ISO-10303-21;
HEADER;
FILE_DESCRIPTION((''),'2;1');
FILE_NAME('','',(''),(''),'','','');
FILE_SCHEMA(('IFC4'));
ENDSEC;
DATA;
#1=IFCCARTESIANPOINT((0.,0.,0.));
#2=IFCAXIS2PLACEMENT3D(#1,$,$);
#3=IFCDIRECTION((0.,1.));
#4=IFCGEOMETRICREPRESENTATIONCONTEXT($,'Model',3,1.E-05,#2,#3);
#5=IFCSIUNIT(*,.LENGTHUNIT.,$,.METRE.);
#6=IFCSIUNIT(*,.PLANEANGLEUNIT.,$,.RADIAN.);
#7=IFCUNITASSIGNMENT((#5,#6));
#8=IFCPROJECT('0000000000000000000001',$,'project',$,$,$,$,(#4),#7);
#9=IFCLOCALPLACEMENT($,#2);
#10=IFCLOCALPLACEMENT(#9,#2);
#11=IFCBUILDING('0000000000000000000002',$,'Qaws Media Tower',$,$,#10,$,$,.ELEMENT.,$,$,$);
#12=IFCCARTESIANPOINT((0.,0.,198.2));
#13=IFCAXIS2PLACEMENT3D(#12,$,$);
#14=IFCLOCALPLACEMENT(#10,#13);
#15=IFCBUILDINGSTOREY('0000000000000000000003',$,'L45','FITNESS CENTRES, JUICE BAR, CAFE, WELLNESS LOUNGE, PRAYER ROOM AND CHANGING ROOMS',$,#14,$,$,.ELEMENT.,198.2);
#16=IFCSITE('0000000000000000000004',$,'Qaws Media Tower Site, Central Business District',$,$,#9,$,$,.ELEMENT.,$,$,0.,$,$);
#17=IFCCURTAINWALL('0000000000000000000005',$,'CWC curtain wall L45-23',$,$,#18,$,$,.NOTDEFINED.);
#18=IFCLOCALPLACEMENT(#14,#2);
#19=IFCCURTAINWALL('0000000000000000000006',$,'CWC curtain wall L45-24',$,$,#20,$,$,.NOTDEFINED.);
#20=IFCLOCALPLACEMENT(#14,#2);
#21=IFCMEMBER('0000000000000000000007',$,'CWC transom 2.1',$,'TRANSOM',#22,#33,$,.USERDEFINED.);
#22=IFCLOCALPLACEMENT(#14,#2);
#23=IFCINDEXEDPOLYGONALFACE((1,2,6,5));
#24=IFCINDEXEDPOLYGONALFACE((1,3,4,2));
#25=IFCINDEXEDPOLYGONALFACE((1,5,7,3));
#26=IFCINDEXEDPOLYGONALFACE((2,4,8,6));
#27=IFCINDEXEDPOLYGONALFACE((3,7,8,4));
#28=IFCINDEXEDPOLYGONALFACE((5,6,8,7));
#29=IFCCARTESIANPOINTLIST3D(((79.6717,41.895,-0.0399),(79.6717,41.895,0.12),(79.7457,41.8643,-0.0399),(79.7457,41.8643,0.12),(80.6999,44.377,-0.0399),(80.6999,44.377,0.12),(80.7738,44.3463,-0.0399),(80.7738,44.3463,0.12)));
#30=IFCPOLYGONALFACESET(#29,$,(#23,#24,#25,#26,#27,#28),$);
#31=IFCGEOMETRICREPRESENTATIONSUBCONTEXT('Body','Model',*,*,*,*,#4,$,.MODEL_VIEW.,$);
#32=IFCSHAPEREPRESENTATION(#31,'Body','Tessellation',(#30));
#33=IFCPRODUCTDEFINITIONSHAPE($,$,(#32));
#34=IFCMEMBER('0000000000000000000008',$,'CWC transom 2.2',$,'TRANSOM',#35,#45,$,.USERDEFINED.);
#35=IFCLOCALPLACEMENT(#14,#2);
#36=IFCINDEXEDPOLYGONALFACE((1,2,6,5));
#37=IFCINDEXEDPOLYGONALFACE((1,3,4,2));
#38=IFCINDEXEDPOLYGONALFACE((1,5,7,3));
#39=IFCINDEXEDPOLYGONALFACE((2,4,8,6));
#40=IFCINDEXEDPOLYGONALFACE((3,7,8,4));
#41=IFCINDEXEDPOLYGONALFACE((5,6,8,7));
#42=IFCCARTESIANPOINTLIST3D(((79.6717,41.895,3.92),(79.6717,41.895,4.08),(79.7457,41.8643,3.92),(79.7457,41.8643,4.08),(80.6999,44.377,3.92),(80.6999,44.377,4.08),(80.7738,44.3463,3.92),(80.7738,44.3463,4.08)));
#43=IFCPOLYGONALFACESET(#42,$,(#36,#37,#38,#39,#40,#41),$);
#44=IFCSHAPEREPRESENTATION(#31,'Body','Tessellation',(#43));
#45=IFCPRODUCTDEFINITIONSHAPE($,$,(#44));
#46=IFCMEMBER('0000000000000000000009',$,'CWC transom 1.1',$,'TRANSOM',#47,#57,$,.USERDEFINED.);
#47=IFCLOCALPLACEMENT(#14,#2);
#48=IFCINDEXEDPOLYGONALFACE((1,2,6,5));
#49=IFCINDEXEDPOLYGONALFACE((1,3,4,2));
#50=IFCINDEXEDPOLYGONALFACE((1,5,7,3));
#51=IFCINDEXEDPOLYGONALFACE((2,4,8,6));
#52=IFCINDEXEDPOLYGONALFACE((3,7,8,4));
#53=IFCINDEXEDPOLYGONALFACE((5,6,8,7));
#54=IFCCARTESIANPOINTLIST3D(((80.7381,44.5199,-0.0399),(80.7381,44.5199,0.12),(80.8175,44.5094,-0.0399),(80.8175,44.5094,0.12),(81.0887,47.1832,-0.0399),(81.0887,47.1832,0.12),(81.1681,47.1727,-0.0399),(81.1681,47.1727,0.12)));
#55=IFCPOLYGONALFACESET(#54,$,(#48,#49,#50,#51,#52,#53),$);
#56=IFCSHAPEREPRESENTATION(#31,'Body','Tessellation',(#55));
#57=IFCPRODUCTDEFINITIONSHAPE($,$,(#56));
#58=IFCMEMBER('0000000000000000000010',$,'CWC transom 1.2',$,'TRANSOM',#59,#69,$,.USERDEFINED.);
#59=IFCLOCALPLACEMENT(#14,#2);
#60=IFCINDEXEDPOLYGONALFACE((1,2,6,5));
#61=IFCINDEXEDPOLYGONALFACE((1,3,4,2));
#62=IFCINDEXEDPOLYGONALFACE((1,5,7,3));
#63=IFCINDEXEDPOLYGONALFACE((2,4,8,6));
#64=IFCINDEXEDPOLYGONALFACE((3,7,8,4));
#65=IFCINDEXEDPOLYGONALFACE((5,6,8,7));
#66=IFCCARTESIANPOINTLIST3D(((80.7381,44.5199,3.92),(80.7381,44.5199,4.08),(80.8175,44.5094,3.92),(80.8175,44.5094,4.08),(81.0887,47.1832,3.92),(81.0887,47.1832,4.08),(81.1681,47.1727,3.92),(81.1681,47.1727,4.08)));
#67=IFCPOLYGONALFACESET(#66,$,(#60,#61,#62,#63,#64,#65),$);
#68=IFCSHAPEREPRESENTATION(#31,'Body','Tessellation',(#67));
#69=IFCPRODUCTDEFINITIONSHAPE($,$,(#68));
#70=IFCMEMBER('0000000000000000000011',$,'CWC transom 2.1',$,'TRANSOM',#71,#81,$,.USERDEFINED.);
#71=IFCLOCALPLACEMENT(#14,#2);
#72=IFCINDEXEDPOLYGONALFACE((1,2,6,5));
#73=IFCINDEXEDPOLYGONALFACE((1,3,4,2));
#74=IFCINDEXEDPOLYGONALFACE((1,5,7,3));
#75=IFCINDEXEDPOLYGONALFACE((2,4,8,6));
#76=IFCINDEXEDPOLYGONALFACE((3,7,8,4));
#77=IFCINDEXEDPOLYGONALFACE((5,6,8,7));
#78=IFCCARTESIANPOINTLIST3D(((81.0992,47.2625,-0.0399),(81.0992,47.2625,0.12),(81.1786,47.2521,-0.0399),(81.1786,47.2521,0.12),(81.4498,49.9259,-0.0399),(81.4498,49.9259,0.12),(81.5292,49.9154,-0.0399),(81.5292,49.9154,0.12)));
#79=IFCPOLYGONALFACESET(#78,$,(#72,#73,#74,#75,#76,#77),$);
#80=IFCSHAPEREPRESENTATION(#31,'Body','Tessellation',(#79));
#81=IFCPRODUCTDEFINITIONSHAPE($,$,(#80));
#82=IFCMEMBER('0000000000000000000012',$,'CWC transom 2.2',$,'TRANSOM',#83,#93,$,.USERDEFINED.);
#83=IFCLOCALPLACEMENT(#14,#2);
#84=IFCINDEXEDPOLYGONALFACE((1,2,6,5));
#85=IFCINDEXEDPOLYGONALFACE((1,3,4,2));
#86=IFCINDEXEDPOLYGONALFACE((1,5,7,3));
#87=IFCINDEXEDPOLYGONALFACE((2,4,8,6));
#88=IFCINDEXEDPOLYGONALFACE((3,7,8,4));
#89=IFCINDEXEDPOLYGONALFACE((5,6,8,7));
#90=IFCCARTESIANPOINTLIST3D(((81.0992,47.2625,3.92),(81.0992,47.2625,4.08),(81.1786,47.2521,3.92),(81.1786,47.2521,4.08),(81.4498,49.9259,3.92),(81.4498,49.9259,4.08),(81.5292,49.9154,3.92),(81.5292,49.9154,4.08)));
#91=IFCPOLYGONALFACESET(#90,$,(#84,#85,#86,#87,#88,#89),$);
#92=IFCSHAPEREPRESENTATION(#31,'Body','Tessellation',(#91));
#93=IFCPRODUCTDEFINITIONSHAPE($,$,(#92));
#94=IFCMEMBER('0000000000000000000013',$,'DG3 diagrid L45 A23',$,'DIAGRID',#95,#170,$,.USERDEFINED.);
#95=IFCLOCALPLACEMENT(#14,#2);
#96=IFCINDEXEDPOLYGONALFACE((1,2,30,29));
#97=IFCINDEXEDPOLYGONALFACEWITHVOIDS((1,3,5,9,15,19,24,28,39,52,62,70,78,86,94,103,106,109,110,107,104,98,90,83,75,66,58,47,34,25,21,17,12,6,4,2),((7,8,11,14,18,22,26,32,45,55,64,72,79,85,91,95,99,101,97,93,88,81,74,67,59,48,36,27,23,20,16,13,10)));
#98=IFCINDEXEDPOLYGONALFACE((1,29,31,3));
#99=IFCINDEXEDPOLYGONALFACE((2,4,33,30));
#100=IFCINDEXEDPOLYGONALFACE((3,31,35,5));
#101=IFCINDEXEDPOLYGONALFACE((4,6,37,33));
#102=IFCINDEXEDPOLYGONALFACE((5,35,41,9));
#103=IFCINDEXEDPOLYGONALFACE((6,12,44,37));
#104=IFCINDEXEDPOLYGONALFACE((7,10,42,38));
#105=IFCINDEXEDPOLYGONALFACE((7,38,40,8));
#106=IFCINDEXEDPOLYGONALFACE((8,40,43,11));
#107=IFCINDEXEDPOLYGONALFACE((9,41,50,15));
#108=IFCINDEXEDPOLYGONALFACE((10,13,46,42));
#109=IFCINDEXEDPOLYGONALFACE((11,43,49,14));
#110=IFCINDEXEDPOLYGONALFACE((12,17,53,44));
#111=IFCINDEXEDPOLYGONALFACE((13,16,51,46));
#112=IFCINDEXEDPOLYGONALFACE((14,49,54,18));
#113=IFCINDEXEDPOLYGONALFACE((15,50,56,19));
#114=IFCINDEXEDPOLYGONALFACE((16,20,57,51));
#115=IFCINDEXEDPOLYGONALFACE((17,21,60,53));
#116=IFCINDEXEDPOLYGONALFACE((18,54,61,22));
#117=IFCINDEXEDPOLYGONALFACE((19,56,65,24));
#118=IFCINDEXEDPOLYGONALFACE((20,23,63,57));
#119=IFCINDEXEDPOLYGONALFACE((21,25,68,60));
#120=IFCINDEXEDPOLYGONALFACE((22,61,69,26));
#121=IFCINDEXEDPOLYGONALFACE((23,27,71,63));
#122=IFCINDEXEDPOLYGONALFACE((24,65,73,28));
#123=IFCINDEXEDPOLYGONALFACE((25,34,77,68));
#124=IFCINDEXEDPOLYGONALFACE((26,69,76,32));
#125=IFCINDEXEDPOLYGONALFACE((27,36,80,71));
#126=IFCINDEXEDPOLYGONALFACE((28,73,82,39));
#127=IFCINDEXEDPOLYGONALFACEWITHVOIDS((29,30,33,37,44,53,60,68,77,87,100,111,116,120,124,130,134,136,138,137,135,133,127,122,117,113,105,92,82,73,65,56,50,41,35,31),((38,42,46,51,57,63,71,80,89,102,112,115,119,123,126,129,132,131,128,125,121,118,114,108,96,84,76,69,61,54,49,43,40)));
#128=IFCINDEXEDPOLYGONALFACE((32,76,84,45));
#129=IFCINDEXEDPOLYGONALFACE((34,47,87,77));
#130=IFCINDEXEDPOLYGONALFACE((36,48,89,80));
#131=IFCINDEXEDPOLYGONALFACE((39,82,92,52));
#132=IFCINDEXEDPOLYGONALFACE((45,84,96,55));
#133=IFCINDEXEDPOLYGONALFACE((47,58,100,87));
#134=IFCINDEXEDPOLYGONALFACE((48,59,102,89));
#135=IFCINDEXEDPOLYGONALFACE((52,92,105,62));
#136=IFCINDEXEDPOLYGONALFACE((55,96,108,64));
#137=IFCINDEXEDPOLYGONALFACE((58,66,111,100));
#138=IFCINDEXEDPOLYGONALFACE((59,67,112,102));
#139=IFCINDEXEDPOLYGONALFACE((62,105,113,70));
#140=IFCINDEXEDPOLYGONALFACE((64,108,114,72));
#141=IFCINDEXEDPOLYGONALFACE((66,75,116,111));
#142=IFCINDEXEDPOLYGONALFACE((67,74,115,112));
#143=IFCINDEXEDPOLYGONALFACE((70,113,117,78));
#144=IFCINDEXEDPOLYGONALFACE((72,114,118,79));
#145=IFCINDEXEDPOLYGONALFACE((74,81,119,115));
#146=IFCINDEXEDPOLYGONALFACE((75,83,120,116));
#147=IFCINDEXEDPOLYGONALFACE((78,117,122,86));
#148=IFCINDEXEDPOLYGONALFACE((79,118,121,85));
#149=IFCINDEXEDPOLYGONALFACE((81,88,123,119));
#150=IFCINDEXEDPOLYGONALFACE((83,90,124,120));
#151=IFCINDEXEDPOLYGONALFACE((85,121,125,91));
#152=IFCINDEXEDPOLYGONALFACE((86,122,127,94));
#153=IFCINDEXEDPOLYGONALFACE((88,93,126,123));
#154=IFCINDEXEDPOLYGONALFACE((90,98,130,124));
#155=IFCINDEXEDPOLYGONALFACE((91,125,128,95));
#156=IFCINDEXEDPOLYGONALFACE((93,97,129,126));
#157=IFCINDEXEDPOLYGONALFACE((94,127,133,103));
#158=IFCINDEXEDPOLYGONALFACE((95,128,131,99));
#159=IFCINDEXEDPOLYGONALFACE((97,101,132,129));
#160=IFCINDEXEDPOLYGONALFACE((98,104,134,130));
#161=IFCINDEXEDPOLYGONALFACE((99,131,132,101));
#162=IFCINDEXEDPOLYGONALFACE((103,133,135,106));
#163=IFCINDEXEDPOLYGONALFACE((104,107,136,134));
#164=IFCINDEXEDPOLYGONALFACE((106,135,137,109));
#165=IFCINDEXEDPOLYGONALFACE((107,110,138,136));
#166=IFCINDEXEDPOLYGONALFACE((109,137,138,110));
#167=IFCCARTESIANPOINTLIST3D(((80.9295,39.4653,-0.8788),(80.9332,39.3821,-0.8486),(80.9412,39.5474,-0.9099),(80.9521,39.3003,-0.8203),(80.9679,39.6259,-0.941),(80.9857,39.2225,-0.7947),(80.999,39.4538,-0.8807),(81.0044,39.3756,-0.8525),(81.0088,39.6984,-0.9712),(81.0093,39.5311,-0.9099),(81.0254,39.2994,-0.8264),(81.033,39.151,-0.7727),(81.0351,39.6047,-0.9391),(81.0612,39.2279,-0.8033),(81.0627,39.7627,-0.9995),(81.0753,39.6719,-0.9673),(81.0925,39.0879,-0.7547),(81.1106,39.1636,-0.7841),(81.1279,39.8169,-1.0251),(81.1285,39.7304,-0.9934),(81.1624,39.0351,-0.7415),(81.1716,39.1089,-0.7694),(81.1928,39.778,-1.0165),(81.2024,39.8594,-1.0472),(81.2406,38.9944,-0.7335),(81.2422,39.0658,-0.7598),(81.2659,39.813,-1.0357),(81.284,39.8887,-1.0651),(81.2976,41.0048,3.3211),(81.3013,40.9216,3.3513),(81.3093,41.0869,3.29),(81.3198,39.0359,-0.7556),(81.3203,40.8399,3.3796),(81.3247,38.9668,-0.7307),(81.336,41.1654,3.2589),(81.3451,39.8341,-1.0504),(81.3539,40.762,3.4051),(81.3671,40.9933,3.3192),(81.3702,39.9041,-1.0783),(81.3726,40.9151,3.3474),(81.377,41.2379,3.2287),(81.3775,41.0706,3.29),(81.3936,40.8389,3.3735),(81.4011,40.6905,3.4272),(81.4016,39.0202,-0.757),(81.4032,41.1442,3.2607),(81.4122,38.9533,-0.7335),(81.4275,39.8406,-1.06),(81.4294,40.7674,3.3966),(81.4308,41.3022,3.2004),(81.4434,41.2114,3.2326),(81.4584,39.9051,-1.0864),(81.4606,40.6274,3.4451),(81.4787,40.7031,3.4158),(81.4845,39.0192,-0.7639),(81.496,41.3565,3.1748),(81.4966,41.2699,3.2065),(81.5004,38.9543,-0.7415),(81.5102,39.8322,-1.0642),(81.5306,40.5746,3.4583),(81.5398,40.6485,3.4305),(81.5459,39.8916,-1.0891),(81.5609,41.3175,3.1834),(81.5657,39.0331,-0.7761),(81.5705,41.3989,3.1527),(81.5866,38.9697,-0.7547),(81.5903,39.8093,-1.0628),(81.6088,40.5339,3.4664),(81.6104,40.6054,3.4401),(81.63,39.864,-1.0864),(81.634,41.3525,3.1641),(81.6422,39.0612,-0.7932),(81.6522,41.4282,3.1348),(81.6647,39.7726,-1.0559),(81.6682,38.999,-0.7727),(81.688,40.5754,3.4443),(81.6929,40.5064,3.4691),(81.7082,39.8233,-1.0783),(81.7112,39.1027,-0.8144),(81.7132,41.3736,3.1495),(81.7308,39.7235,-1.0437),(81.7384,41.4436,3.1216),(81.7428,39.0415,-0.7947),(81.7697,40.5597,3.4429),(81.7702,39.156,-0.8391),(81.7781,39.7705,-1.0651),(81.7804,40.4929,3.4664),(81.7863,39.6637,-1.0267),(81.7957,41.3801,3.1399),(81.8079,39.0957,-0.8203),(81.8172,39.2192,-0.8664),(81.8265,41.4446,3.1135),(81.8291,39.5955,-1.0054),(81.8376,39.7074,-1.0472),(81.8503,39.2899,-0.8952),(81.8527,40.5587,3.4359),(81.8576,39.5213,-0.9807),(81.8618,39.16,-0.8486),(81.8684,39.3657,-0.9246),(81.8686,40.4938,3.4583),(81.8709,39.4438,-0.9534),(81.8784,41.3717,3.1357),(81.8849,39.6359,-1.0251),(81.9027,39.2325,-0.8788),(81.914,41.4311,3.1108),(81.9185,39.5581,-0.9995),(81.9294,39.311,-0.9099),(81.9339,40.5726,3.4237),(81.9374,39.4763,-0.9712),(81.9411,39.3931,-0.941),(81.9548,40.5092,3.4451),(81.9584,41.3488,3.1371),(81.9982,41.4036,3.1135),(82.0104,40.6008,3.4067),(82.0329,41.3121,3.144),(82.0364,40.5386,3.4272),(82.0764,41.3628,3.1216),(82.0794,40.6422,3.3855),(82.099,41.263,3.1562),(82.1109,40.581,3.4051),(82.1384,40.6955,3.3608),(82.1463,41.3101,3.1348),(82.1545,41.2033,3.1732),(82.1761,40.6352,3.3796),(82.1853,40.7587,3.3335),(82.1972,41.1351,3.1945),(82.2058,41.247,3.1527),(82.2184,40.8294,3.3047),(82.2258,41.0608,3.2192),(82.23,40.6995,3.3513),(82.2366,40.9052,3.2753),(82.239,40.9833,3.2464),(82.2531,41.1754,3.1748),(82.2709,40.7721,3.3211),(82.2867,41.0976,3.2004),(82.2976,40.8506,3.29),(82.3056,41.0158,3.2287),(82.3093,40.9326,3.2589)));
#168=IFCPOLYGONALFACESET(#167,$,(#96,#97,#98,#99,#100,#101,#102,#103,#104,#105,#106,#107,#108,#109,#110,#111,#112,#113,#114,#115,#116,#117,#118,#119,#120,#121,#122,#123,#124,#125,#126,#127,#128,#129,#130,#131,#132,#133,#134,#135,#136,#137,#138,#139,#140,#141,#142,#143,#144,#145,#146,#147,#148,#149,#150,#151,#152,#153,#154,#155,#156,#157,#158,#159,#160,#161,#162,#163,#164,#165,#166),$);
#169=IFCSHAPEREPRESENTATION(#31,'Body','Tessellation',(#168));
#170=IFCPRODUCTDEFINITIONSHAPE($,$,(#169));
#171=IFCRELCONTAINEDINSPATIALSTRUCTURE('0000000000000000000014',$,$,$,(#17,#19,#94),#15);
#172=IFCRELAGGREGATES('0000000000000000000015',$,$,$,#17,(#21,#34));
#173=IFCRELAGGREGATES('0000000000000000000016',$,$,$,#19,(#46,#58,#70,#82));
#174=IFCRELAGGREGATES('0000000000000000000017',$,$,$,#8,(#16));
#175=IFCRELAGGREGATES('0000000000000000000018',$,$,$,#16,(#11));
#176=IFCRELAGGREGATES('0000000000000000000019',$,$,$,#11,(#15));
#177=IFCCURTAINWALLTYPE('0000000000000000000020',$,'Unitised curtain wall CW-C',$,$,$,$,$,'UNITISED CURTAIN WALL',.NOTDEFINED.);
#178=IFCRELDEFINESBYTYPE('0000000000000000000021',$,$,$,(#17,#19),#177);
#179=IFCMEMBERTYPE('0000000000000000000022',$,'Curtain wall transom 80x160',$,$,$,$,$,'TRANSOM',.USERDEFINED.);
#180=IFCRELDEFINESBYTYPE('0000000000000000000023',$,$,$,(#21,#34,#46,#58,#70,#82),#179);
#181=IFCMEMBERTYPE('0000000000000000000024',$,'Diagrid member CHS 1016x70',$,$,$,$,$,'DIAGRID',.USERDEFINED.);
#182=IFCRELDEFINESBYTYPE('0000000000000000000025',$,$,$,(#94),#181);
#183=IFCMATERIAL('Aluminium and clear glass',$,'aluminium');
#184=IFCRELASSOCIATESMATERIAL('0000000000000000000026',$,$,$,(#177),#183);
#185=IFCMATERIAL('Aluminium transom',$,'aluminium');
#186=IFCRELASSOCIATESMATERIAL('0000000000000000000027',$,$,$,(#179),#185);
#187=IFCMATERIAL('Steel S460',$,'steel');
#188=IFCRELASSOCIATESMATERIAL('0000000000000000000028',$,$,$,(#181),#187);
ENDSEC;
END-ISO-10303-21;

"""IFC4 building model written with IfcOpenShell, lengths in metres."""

from ifc_helpers import new_model, si_unit, direction, frame, origin, origin_2d, place, context, subcontext, project, spatial, rectangle, hollow_circle, extrude, material, material_profile, profile_set, type_object, element, aggregate, save


model = new_model("IFC4")

# Units and contexts
model_context = context("Model", 3, precision=1e-05, world=origin(), true_north=direction((0.0, 1.0)))
body_context = subcontext(model_context, "Body", "Model", "MODEL_VIEW")
ifc_project = project(units=[si_unit("LENGTHUNIT", "METRE"), si_unit("PLANEANGLEUNIT", "RADIAN")], contexts=[model_context])

# Site, building, storey
site_placement = place(None, origin())
site = spatial("IfcSite", under=ifc_project, at=site_placement, Name="Qaws Media Tower Site, Central Business District", CompositionType="ELEMENT", RefElevation=0.0)
building_placement = place(site_placement, origin())
building = spatial("IfcBuilding", under=site, at=building_placement, Name="Qaws Media Tower", CompositionType="ELEMENT")
storey_placement = place(building_placement, frame((0.0, 0.0, 198.2)))
storey = spatial("IfcBuildingStorey", under=building, at=storey_placement, Name="L45", Description="FITNESS CENTRES, JUICE BAR, CAFE, WELLNESS LOUNGE, PRAYER ROOM AND CHANGING ROOMS", CompositionType="ELEMENT", Elevation=198.2)

# Curtain walls
ifc_material_1 = material(Name="Aluminium and clear glass", Category="aluminium")
curtain_wall_type = type_object("IfcCurtainWallType", Name="Unitised curtain wall CW-C", ElementType="UNITISED CURTAIN WALL", PredefinedType="NOTDEFINED", material=ifc_material_1)
curtain_wall_1_placement = place(storey_placement, origin())
curtain_wall_1 = element("IfcCurtainWall", 1, at=curtain_wall_1_placement, inside=storey, type_object=curtain_wall_type, Name="CWC curtain wall L45-23", PredefinedType="NOTDEFINED")
curtain_wall_2_placement = place(storey_placement, origin())
curtain_wall_2 = element("IfcCurtainWall", 2, at=curtain_wall_2_placement, inside=storey, type_object=curtain_wall_type, Name="CWC curtain wall L45-24", PredefinedType="NOTDEFINED")

# Members
ifc_material_2 = material(Name="Aluminium transom", Category="aluminium")
ifc_material_profile_1 = material_profile(ifc_material_2, rectangle(XDim=0.0801, YDim=0.1599, at=origin_2d()), Name="80x160")
ifc_profile_set_1 = profile_set([ifc_material_profile_1], Name="Aluminium transom")
member_type_1 = type_object("IfcMemberType", Name="Curtain wall transom 80x160", ElementType="TRANSOM", PredefinedType="USERDEFINED", material=ifc_profile_set_1)
member_1_placement = place(storey_placement, frame((79.7087, 41.8796, 0.04), z_axis=(0.382692, 0.923876, 0.0), x_axis=(-0.923876, 0.382692, 0.0)))
member_1 = element("IfcMember", 3, at=member_1_placement, type_object=member_type_1, Name="CWC transom 2.1", ObjectType="TRANSOM", PredefinedType="USERDEFINED", context=body_context, shape_type="SweptSolid", body=[
    extrude(rectangle(XDim=0.0801, YDim=0.1599, at=origin_2d()), origin(), (0.0, 0.0, 1.0), 2.6865),
])
member_2_placement = place(storey_placement, frame((79.7087, 41.8796, 4.0), z_axis=(0.382692, 0.923876, 0.0), x_axis=(-0.923876, 0.382692, 0.0)))
member_2 = element("IfcMember", 4, at=member_2_placement, type_object=member_type_1, Name="CWC transom 2.2", ObjectType="TRANSOM", PredefinedType="USERDEFINED", context=body_context, shape_type="SweptSolid", body=[
    extrude(rectangle(XDim=0.0801, YDim=0.1599, at=origin_2d()), origin(), (0.0, 0.0, 1.0), 2.6865),
])
member_3_placement = place(storey_placement, frame((80.7778, 44.5146, 0.04), z_axis=(0.130509, 0.991447, 0.0), x_axis=(-0.991447, 0.130509, 0.0)))
member_3 = element("IfcMember", 5, at=member_3_placement, type_object=member_type_1, Name="CWC transom 1.1", ObjectType="TRANSOM", PredefinedType="USERDEFINED", context=body_context, shape_type="SweptSolid", body=[
    extrude(rectangle(XDim=0.0801, YDim=0.1599, at=origin_2d()), origin(), (0.0, 0.0, 1.0), 2.6863),
])
member_4_placement = place(storey_placement, frame((80.7778, 44.5146, 4.0), z_axis=(0.130509, 0.991447, 0.0), x_axis=(-0.991447, 0.130509, 0.0)))
member_4 = element("IfcMember", 6, at=member_4_placement, type_object=member_type_1, Name="CWC transom 1.2", ObjectType="TRANSOM", PredefinedType="USERDEFINED", context=body_context, shape_type="SweptSolid", body=[
    extrude(rectangle(XDim=0.0801, YDim=0.1599, at=origin_2d()), origin(), (0.0, 0.0, 1.0), 2.6863),
])
member_5_placement = place(storey_placement, frame((81.1389, 47.2573, 0.04), z_axis=(0.130509, 0.991447, 0.0), x_axis=(-0.991447, 0.130509, 0.0)))
member_5 = element("IfcMember", 7, at=member_5_placement, type_object=member_type_1, Name="CWC transom 2.1", ObjectType="TRANSOM", PredefinedType="USERDEFINED", context=body_context, shape_type="SweptSolid", body=[
    extrude(rectangle(XDim=0.0801, YDim=0.1599, at=origin_2d()), origin(), (0.0, 0.0, 1.0), 2.6863),
])
member_6_placement = place(storey_placement, frame((81.1389, 47.2573, 4.0), z_axis=(0.130509, 0.991447, 0.0), x_axis=(-0.991447, 0.130509, 0.0)))
member_6 = element("IfcMember", 8, at=member_6_placement, type_object=member_type_1, Name="CWC transom 2.2", ObjectType="TRANSOM", PredefinedType="USERDEFINED", context=body_context, shape_type="SweptSolid", body=[
    extrude(rectangle(XDim=0.0801, YDim=0.1599, at=origin_2d()), origin(), (0.0, 0.0, 1.0), 2.6863),
])

# Member
ifc_material_3 = material(Name="Steel S460", Category="steel")
ifc_material_profile_2 = material_profile(ifc_material_3, hollow_circle(Radius=0.5081, WallThickness=0.0701, at=origin_2d()), Name="CHS 1016x70")
ifc_profile_set_2 = profile_set([ifc_material_profile_2], Name="Steel S460")
member_type_2 = type_object("IfcMemberType", Name="Diagrid member CHS 1016x70", ElementType="DIAGRID", PredefinedType="USERDEFINED", material=ifc_profile_set_2)
for number, where, z_axis, x_axis, name in (
    (9, (81.4353, 39.4292, -0.9099), (0.082026, 0.34301, 0.935744), (-0.972577, 0.23258, 0.0), "DG3 diagrid L45 A23"),
):
    element("IfcMember", number, at=place(storey_placement, frame(where, z_axis=z_axis, x_axis=x_axis)), inside=storey, type_object=member_type_2, Name=name, ObjectType="DIAGRID", PredefinedType="USERDEFINED", context=body_context, shape_type="SweptSolid", body=[
        extrude(hollow_circle(Radius=0.5081, WallThickness=0.0701, at=origin_2d()), origin(), (0.0, 0.0, 1.0), 4.4883),
    ])

aggregate(curtain_wall_1, [member_1, member_2])
aggregate(curtain_wall_2, [member_3, member_4, member_5, member_6])

save(model, "model.ifc")
